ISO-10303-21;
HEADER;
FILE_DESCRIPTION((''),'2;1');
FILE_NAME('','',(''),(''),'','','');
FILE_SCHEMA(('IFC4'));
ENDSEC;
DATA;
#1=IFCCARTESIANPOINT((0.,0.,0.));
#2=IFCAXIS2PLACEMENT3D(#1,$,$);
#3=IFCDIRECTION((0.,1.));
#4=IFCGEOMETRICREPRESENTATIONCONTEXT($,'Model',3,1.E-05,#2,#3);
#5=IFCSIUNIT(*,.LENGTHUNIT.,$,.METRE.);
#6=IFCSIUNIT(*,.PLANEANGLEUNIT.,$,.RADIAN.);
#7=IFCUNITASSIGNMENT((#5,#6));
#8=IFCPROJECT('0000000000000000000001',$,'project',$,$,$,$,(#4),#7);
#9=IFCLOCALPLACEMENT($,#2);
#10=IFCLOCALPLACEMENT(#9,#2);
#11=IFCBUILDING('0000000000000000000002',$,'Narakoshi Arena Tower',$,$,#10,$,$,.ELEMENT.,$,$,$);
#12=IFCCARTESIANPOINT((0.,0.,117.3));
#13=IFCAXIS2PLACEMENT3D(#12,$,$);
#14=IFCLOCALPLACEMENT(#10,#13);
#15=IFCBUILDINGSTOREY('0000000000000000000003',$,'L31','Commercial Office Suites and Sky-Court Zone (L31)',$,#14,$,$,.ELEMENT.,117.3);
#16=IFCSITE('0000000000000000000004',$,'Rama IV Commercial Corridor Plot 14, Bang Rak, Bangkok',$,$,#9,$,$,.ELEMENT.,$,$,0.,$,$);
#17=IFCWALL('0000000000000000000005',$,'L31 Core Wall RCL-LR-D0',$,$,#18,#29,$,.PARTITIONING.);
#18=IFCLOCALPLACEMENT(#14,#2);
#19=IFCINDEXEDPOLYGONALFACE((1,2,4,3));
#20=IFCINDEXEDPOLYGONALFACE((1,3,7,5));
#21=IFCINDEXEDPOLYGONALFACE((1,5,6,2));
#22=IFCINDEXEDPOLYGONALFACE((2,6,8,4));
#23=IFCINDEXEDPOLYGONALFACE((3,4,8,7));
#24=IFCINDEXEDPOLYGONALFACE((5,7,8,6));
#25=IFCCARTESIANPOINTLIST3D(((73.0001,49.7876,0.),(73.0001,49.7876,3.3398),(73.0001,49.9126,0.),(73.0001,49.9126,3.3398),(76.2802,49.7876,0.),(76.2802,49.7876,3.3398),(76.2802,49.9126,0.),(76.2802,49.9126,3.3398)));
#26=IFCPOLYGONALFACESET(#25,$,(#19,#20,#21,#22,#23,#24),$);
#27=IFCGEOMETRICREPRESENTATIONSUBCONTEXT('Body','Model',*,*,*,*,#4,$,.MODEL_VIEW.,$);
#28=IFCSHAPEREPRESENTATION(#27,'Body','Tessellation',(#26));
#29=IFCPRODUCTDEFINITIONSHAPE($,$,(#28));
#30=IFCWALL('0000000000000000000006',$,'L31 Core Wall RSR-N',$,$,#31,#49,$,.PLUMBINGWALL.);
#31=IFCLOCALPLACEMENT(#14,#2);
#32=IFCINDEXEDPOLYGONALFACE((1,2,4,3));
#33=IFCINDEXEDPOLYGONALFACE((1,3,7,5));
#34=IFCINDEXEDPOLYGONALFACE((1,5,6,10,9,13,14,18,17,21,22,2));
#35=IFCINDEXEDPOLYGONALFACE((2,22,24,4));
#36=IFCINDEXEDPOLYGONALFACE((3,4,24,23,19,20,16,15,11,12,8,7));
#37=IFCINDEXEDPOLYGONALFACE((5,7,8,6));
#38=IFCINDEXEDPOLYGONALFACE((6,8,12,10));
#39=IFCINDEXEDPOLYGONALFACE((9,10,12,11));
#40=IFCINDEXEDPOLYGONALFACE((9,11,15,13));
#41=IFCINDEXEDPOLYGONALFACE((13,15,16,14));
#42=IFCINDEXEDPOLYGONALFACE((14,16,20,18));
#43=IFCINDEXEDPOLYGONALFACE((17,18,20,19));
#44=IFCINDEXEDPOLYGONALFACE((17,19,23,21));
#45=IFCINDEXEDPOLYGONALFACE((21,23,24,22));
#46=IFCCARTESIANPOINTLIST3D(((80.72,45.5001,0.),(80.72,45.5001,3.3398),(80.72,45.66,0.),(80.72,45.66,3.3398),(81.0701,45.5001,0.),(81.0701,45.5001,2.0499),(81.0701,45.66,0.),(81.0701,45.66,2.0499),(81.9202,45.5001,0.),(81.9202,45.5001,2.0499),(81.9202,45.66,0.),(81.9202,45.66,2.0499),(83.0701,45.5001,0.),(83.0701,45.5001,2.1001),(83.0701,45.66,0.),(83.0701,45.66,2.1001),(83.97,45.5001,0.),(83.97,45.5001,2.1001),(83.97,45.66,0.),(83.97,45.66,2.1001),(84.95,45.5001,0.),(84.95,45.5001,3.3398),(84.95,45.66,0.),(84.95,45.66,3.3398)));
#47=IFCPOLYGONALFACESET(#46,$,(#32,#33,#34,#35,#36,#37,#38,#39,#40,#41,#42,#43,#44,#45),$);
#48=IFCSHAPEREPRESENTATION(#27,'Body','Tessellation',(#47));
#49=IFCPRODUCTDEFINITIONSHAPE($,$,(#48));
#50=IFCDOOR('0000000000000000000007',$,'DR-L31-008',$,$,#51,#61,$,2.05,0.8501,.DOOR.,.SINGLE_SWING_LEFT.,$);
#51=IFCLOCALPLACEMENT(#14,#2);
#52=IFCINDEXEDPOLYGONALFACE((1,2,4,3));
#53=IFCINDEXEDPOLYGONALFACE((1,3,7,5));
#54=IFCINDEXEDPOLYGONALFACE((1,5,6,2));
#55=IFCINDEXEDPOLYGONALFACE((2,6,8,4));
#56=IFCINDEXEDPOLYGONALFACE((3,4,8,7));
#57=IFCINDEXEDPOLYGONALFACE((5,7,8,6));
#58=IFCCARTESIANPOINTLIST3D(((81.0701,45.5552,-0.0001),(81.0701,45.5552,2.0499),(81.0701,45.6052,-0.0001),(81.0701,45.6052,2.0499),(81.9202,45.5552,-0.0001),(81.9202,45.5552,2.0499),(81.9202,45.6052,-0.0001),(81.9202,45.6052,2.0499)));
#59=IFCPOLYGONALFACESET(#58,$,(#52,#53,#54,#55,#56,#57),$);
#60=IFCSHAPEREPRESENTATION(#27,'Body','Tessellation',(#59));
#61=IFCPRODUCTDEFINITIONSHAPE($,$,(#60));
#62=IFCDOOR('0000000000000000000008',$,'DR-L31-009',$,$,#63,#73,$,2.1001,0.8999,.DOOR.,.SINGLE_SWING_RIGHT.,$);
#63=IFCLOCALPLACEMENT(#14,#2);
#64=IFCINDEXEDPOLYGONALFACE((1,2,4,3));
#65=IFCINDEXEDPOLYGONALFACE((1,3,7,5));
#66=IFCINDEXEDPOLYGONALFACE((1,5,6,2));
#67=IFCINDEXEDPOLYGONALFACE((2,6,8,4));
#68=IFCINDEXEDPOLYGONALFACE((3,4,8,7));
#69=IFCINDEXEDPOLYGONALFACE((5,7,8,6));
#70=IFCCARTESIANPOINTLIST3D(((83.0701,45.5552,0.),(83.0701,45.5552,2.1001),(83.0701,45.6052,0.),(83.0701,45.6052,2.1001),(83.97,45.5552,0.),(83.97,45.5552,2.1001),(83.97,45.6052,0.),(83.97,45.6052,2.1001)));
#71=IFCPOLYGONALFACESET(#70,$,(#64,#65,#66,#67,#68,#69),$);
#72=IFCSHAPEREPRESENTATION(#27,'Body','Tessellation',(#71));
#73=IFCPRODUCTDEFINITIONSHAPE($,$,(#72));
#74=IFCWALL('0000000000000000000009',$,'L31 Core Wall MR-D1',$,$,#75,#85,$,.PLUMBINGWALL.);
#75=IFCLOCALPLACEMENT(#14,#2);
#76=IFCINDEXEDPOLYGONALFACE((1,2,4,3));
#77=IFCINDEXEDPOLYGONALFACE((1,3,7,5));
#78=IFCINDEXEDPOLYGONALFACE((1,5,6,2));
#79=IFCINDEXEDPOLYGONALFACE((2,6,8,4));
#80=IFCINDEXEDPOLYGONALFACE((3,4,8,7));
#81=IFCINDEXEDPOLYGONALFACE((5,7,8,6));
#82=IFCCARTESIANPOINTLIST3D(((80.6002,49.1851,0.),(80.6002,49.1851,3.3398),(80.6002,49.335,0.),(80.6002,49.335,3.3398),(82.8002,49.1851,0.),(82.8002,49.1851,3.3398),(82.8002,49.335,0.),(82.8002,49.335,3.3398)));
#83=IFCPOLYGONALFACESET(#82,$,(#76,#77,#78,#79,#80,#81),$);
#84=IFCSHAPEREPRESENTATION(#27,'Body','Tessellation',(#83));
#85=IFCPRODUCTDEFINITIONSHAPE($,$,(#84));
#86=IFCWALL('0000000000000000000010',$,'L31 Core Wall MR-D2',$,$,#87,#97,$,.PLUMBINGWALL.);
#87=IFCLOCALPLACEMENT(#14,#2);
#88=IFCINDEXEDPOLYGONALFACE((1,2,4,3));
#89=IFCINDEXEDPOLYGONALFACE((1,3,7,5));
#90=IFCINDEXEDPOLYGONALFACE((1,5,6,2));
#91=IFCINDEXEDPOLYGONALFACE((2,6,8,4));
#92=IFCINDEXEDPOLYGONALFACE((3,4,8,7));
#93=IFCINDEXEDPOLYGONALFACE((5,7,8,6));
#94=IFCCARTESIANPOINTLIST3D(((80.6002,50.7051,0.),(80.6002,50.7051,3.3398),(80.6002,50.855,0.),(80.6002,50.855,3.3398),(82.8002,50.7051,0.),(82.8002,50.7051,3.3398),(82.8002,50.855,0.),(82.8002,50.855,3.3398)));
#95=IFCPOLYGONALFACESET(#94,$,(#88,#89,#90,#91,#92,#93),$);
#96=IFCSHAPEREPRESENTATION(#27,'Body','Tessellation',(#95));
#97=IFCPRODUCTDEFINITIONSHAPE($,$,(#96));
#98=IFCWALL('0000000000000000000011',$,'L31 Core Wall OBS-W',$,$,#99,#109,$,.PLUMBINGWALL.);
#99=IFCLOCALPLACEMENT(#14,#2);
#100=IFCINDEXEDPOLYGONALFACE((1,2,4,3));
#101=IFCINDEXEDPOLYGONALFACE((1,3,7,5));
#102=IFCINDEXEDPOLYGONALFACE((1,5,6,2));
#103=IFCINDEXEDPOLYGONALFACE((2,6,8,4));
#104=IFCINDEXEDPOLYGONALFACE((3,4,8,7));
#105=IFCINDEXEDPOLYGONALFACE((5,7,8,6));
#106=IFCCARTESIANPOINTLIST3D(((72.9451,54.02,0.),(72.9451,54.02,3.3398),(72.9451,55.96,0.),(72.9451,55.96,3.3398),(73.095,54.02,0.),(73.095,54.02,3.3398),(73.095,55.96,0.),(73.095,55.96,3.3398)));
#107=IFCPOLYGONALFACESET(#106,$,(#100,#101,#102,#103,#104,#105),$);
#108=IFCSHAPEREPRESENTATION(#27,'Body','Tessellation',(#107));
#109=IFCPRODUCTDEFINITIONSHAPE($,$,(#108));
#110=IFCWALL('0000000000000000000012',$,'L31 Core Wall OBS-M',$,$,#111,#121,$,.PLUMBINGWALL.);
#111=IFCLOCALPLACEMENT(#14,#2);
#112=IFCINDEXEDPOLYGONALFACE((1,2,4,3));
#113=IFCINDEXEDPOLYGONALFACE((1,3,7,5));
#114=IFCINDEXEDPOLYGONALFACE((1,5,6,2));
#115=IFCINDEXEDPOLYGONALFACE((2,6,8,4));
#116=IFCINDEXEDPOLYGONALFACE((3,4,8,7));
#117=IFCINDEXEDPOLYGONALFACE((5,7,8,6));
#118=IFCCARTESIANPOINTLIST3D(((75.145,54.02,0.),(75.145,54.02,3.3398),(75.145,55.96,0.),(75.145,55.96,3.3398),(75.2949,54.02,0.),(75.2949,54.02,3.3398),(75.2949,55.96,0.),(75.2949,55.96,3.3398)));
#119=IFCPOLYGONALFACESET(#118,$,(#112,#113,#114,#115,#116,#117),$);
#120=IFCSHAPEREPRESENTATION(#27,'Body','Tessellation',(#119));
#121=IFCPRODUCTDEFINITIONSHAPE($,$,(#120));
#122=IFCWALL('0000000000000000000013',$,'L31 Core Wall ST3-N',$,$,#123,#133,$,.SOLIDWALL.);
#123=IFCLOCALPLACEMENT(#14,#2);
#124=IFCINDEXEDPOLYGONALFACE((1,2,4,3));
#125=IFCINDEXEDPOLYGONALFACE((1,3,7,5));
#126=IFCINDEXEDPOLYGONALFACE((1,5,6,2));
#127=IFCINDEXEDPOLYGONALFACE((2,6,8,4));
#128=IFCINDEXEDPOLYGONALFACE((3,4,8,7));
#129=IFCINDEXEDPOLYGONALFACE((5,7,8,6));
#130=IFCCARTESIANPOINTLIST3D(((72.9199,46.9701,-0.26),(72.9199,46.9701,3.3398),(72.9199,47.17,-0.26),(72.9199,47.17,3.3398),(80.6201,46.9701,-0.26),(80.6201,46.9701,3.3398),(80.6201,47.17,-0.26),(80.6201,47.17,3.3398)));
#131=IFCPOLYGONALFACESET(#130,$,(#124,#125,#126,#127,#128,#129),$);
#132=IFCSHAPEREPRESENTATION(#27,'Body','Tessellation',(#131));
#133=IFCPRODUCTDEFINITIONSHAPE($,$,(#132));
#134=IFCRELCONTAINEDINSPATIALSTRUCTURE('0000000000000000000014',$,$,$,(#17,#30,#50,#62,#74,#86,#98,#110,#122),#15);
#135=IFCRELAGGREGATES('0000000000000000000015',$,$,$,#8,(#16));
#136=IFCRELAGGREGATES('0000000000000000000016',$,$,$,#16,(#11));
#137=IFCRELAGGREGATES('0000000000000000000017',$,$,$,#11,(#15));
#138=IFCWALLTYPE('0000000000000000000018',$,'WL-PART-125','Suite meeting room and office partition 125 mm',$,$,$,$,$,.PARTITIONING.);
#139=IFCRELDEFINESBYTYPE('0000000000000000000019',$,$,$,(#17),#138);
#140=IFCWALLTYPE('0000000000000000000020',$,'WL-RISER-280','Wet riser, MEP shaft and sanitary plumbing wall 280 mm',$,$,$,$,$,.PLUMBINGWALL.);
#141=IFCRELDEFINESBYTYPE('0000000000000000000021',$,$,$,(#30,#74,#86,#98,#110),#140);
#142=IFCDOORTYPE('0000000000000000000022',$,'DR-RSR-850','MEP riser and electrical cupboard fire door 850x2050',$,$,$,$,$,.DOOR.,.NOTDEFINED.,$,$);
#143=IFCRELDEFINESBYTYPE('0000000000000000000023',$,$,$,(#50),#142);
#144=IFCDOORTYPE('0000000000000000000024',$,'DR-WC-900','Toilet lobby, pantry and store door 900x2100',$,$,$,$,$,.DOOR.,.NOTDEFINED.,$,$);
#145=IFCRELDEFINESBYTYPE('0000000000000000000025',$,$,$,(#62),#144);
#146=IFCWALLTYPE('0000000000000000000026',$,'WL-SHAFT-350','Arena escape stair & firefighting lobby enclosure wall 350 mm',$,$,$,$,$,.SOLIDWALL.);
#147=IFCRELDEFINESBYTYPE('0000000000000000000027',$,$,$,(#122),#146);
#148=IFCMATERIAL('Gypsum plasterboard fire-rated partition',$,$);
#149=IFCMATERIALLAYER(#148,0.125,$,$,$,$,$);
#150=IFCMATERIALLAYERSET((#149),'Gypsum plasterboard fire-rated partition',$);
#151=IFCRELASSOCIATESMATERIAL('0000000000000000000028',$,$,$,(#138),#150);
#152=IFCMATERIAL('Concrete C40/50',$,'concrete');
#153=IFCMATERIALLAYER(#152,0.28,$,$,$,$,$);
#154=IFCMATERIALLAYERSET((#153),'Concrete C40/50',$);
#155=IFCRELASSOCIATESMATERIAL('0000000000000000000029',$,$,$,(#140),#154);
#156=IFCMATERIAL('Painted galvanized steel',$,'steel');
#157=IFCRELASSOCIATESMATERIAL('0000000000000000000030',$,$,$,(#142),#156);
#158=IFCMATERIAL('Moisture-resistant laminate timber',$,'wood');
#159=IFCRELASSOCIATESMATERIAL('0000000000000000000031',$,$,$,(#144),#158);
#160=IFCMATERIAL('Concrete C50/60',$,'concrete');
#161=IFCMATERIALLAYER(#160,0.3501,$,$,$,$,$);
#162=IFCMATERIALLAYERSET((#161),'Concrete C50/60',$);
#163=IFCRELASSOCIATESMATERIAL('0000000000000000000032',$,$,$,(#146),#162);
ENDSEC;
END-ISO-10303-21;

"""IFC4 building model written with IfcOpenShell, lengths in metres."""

from ifc_helpers import new_model, si_unit, direction, frame, frame_2d, origin, place, context, subcontext, project, spatial, rectangle, extrude, material, layer, layer_set, type_object, element, fill, save


model = new_model("IFC4")

# Units and contexts
model_context = context("Model", 3, precision=1e-05, world=origin(), true_north=direction((0.0, 1.0)))
body_context = subcontext(model_context, "Body", "Model", "MODEL_VIEW")
ifc_project = project(units=[si_unit("LENGTHUNIT", "METRE"), si_unit("PLANEANGLEUNIT", "RADIAN")], contexts=[model_context])

# Site, building, storey
site_placement = place(None, origin())
site = spatial("IfcSite", under=ifc_project, at=site_placement, Name="Rama IV Commercial Corridor Plot 14, Bang Rak, Bangkok", CompositionType="ELEMENT", RefElevation=0.0)
building_placement = place(site_placement, origin())
building = spatial("IfcBuilding", under=site, at=building_placement, Name="Narakoshi Arena Tower", CompositionType="ELEMENT")
storey_placement = place(building_placement, frame((0.0, 0.0, 117.3)))
storey = spatial("IfcBuildingStorey", under=building, at=storey_placement, Name="L31", Description="Commercial Office Suites and Sky-Court Zone (L31)", CompositionType="ELEMENT", Elevation=117.3)

# Wall
ifc_material_1 = material(Name="Gypsum plasterboard fire-rated partition")
ifc_layer_1 = layer(ifc_material_1, 0.125)
ifc_layer_set_1 = layer_set([ifc_layer_1], Name="Gypsum plasterboard fire-rated partition")
wall_type_1 = type_object("IfcWallType", Name="WL-PART-125", Description="Suite meeting room and office partition 125 mm", PredefinedType="PARTITIONING", material=ifc_layer_set_1)
wall_1_placement = place(storey_placement, frame((73.0, 49.8501, 0.0), z_axis=(0.0, 0.0, 1.0), x_axis=(1.0, 0.0, 0.0)))
element("IfcWall", 1, at=wall_1_placement, inside=storey, type_object=wall_type_1, Name="L31 Core Wall RCL-LR-D0", PredefinedType="PARTITIONING", context=body_context, shape_type="SweptSolid", body=[
    extrude(rectangle(XDim=3.28, YDim=0.125, at=frame_2d((1.6401, 0.0))), origin(), (0.0, 0.0, 1.0), 3.3398),
])

# Wall, openings, doors
ifc_material_2 = material(Name="Concrete C40/50", Category="concrete")
ifc_layer_2 = layer(ifc_material_2, 0.28)
ifc_layer_set_2 = layer_set([ifc_layer_2], Name="Concrete C40/50")
wall_type_2 = type_object("IfcWallType", Name="WL-RISER-280", Description="Wet riser, MEP shaft and sanitary plumbing wall 280 mm", PredefinedType="PLUMBINGWALL", material=ifc_layer_set_2)
wall_2_placement = place(storey_placement, frame((80.72, 45.5801, 0.0), z_axis=(0.0, 0.0, 1.0), x_axis=(1.0, 0.0, 0.0)))
wall_2 = element("IfcWall", 2, at=wall_2_placement, inside=storey, type_object=wall_type_2, Name="L31 Core Wall RSR-N", PredefinedType="PLUMBINGWALL", context=body_context, shape_type="SweptSolid", body=[
    extrude(rectangle(XDim=4.23, YDim=0.1599, at=frame_2d((2.115, 0.0))), origin(), (0.0, 0.0, 1.0), 3.3398),
])
opening_1_placement = place(wall_2_placement, frame((0.3501, 0.0, 0.0)))
opening_1 = element("IfcOpeningElement", 3, at=opening_1_placement, cuts=wall_2, PredefinedType="OPENING", context=body_context, shape_type="SweptSolid", body=[
    extrude(rectangle(XDim=0.8501, YDim=2.05, at=frame_2d((0.425, 1.0249))), frame((0.0, 0.0898, 0.0), z_axis=(0.0, -1.0, 0.0), x_axis=(1.0, 0.0, 0.0)), (0.0, 0.0, 1.0), 0.1799),
])
opening_2_placement = place(wall_2_placement, frame((2.3501, 0.0, 0.0)))
opening_2 = element("IfcOpeningElement", 4, at=opening_2_placement, cuts=wall_2, PredefinedType="OPENING", context=body_context, shape_type="SweptSolid", body=[
    extrude(rectangle(XDim=0.8999, YDim=2.1001, at=frame_2d((0.45, 1.05))), frame((0.0, 0.0898, 0.0), z_axis=(0.0, -1.0, 0.0), x_axis=(1.0, 0.0, 0.0)), (0.0, 0.0, 1.0), 0.1799),
])
ifc_material_3 = material(Name="Painted galvanized steel", Category="steel")
door_type_1 = type_object("IfcDoorType", Name="DR-RSR-850", Description="MEP riser and electrical cupboard fire door 850x2050", OperationType="NOTDEFINED", PredefinedType="DOOR", material=ifc_material_3)
door_1_placement = place(opening_1_placement, frame((0.8501, 0.0, 0.0), z_axis=(0.0, 0.0, 1.0), x_axis=(-1.0, 0.0, 0.0)))
door_1 = element("IfcDoor", 5, at=door_1_placement, inside=storey, type_object=door_type_1, Name="DR-L31-008", OperationType="SINGLE_SWING_LEFT", OverallHeight=2.05, OverallWidth=0.8501, PredefinedType="DOOR", context=body_context, shape_type="SweptSolid", body=[
    extrude(rectangle(XDim=0.8501, YDim=2.05, at=frame_2d((0.425, 1.0249))), frame((0.0, 0.0249, 0.0), z_axis=(0.0, -1.0, 0.0), x_axis=(1.0, 0.0, 0.0)), (0.0, 0.0, 1.0), 0.05),
])
fill(opening_1, door_1)
ifc_material_4 = material(Name="Moisture-resistant laminate timber", Category="wood")
door_type_2 = type_object("IfcDoorType", Name="DR-WC-900", Description="Toilet lobby, pantry and store door 900x2100", OperationType="NOTDEFINED", PredefinedType="DOOR", material=ifc_material_4)
door_2_placement = place(opening_2_placement, frame((0.8999, 0.0, 0.0), z_axis=(0.0, 0.0, 1.0), x_axis=(-1.0, 0.0, 0.0)))
door_2 = element("IfcDoor", 6, at=door_2_placement, inside=storey, type_object=door_type_2, Name="DR-L31-009", OperationType="SINGLE_SWING_RIGHT", OverallHeight=2.1001, OverallWidth=0.8999, PredefinedType="DOOR", context=body_context, shape_type="SweptSolid", body=[
    extrude(rectangle(XDim=0.8999, YDim=2.1001, at=frame_2d((0.45, 1.05))), frame((0.0, 0.0249, 0.0), z_axis=(0.0, -1.0, 0.0), x_axis=(1.0, 0.0, 0.0)), (0.0, 0.0, 1.0), 0.05),
])
fill(opening_2, door_2)

# Walls
for number, where, z_axis, x_axis, name in (
    (7, (80.6001, 49.26, 0.0), (0.0, 0.0, 1.0), (1.0, 0.0, 0.0), "L31 Core Wall MR-D1"),
    (8, (80.6001, 50.78, 0.0), (0.0, 0.0, 1.0), (1.0, 0.0, 0.0), "L31 Core Wall MR-D2"),
):
    element("IfcWall", number, at=place(storey_placement, frame(where, z_axis=z_axis, x_axis=x_axis)), inside=storey, type_object=wall_type_2, Name=name, PredefinedType="PLUMBINGWALL", context=body_context, shape_type="SweptSolid", body=[
        extrude(rectangle(XDim=2.2, YDim=0.1499, at=frame_2d((1.1001, 0.0))), origin(), (0.0, 0.0, 1.0), 3.3398),
    ])
for number, where, z_axis, x_axis, name in (
    (9, (73.02, 54.02, 0.0), (0.0, 0.0, 1.0), (0.0, 1.0, 0.0), "L31 Core Wall OBS-W"),
    (10, (75.22, 54.02, 0.0), (0.0, 0.0, 1.0), (0.0, 1.0, 0.0), "L31 Core Wall OBS-M"),
):
    element("IfcWall", number, at=place(storey_placement, frame(where, z_axis=z_axis, x_axis=x_axis)), inside=storey, type_object=wall_type_2, Name=name, PredefinedType="PLUMBINGWALL", context=body_context, shape_type="SweptSolid", body=[
        extrude(rectangle(XDim=1.9399, YDim=0.1499, at=frame_2d((0.97, 0.0))), origin(), (0.0, 0.0, 1.0), 3.3398),
    ])
ifc_material_5 = material(Name="Concrete C50/60", Category="concrete")
ifc_layer_3 = layer(ifc_material_5, 0.3501)
ifc_layer_set_3 = layer_set([ifc_layer_3], Name="Concrete C50/60")
wall_type_3 = type_object("IfcWallType", Name="WL-SHAFT-350", Description="Arena escape stair & firefighting lobby enclosure wall 350 mm", PredefinedType="SOLIDWALL", material=ifc_layer_set_3)
wall_3_placement = place(storey_placement, frame((72.9199, 47.0701, -0.26), z_axis=(0.0, 0.0, 1.0), x_axis=(1.0, 0.0, 0.0)))
element("IfcWall", 11, at=wall_3_placement, inside=storey, type_object=wall_type_3, Name="L31 Core Wall ST3-N", PredefinedType="SOLIDWALL", context=body_context, shape_type="SweptSolid", body=[
    extrude(rectangle(XDim=7.7002, YDim=0.2, at=frame_2d((3.8501, 0.0))), origin(), (0.0, 0.0, 1.0), 3.5999),
])

save(model, "model.ifc")
